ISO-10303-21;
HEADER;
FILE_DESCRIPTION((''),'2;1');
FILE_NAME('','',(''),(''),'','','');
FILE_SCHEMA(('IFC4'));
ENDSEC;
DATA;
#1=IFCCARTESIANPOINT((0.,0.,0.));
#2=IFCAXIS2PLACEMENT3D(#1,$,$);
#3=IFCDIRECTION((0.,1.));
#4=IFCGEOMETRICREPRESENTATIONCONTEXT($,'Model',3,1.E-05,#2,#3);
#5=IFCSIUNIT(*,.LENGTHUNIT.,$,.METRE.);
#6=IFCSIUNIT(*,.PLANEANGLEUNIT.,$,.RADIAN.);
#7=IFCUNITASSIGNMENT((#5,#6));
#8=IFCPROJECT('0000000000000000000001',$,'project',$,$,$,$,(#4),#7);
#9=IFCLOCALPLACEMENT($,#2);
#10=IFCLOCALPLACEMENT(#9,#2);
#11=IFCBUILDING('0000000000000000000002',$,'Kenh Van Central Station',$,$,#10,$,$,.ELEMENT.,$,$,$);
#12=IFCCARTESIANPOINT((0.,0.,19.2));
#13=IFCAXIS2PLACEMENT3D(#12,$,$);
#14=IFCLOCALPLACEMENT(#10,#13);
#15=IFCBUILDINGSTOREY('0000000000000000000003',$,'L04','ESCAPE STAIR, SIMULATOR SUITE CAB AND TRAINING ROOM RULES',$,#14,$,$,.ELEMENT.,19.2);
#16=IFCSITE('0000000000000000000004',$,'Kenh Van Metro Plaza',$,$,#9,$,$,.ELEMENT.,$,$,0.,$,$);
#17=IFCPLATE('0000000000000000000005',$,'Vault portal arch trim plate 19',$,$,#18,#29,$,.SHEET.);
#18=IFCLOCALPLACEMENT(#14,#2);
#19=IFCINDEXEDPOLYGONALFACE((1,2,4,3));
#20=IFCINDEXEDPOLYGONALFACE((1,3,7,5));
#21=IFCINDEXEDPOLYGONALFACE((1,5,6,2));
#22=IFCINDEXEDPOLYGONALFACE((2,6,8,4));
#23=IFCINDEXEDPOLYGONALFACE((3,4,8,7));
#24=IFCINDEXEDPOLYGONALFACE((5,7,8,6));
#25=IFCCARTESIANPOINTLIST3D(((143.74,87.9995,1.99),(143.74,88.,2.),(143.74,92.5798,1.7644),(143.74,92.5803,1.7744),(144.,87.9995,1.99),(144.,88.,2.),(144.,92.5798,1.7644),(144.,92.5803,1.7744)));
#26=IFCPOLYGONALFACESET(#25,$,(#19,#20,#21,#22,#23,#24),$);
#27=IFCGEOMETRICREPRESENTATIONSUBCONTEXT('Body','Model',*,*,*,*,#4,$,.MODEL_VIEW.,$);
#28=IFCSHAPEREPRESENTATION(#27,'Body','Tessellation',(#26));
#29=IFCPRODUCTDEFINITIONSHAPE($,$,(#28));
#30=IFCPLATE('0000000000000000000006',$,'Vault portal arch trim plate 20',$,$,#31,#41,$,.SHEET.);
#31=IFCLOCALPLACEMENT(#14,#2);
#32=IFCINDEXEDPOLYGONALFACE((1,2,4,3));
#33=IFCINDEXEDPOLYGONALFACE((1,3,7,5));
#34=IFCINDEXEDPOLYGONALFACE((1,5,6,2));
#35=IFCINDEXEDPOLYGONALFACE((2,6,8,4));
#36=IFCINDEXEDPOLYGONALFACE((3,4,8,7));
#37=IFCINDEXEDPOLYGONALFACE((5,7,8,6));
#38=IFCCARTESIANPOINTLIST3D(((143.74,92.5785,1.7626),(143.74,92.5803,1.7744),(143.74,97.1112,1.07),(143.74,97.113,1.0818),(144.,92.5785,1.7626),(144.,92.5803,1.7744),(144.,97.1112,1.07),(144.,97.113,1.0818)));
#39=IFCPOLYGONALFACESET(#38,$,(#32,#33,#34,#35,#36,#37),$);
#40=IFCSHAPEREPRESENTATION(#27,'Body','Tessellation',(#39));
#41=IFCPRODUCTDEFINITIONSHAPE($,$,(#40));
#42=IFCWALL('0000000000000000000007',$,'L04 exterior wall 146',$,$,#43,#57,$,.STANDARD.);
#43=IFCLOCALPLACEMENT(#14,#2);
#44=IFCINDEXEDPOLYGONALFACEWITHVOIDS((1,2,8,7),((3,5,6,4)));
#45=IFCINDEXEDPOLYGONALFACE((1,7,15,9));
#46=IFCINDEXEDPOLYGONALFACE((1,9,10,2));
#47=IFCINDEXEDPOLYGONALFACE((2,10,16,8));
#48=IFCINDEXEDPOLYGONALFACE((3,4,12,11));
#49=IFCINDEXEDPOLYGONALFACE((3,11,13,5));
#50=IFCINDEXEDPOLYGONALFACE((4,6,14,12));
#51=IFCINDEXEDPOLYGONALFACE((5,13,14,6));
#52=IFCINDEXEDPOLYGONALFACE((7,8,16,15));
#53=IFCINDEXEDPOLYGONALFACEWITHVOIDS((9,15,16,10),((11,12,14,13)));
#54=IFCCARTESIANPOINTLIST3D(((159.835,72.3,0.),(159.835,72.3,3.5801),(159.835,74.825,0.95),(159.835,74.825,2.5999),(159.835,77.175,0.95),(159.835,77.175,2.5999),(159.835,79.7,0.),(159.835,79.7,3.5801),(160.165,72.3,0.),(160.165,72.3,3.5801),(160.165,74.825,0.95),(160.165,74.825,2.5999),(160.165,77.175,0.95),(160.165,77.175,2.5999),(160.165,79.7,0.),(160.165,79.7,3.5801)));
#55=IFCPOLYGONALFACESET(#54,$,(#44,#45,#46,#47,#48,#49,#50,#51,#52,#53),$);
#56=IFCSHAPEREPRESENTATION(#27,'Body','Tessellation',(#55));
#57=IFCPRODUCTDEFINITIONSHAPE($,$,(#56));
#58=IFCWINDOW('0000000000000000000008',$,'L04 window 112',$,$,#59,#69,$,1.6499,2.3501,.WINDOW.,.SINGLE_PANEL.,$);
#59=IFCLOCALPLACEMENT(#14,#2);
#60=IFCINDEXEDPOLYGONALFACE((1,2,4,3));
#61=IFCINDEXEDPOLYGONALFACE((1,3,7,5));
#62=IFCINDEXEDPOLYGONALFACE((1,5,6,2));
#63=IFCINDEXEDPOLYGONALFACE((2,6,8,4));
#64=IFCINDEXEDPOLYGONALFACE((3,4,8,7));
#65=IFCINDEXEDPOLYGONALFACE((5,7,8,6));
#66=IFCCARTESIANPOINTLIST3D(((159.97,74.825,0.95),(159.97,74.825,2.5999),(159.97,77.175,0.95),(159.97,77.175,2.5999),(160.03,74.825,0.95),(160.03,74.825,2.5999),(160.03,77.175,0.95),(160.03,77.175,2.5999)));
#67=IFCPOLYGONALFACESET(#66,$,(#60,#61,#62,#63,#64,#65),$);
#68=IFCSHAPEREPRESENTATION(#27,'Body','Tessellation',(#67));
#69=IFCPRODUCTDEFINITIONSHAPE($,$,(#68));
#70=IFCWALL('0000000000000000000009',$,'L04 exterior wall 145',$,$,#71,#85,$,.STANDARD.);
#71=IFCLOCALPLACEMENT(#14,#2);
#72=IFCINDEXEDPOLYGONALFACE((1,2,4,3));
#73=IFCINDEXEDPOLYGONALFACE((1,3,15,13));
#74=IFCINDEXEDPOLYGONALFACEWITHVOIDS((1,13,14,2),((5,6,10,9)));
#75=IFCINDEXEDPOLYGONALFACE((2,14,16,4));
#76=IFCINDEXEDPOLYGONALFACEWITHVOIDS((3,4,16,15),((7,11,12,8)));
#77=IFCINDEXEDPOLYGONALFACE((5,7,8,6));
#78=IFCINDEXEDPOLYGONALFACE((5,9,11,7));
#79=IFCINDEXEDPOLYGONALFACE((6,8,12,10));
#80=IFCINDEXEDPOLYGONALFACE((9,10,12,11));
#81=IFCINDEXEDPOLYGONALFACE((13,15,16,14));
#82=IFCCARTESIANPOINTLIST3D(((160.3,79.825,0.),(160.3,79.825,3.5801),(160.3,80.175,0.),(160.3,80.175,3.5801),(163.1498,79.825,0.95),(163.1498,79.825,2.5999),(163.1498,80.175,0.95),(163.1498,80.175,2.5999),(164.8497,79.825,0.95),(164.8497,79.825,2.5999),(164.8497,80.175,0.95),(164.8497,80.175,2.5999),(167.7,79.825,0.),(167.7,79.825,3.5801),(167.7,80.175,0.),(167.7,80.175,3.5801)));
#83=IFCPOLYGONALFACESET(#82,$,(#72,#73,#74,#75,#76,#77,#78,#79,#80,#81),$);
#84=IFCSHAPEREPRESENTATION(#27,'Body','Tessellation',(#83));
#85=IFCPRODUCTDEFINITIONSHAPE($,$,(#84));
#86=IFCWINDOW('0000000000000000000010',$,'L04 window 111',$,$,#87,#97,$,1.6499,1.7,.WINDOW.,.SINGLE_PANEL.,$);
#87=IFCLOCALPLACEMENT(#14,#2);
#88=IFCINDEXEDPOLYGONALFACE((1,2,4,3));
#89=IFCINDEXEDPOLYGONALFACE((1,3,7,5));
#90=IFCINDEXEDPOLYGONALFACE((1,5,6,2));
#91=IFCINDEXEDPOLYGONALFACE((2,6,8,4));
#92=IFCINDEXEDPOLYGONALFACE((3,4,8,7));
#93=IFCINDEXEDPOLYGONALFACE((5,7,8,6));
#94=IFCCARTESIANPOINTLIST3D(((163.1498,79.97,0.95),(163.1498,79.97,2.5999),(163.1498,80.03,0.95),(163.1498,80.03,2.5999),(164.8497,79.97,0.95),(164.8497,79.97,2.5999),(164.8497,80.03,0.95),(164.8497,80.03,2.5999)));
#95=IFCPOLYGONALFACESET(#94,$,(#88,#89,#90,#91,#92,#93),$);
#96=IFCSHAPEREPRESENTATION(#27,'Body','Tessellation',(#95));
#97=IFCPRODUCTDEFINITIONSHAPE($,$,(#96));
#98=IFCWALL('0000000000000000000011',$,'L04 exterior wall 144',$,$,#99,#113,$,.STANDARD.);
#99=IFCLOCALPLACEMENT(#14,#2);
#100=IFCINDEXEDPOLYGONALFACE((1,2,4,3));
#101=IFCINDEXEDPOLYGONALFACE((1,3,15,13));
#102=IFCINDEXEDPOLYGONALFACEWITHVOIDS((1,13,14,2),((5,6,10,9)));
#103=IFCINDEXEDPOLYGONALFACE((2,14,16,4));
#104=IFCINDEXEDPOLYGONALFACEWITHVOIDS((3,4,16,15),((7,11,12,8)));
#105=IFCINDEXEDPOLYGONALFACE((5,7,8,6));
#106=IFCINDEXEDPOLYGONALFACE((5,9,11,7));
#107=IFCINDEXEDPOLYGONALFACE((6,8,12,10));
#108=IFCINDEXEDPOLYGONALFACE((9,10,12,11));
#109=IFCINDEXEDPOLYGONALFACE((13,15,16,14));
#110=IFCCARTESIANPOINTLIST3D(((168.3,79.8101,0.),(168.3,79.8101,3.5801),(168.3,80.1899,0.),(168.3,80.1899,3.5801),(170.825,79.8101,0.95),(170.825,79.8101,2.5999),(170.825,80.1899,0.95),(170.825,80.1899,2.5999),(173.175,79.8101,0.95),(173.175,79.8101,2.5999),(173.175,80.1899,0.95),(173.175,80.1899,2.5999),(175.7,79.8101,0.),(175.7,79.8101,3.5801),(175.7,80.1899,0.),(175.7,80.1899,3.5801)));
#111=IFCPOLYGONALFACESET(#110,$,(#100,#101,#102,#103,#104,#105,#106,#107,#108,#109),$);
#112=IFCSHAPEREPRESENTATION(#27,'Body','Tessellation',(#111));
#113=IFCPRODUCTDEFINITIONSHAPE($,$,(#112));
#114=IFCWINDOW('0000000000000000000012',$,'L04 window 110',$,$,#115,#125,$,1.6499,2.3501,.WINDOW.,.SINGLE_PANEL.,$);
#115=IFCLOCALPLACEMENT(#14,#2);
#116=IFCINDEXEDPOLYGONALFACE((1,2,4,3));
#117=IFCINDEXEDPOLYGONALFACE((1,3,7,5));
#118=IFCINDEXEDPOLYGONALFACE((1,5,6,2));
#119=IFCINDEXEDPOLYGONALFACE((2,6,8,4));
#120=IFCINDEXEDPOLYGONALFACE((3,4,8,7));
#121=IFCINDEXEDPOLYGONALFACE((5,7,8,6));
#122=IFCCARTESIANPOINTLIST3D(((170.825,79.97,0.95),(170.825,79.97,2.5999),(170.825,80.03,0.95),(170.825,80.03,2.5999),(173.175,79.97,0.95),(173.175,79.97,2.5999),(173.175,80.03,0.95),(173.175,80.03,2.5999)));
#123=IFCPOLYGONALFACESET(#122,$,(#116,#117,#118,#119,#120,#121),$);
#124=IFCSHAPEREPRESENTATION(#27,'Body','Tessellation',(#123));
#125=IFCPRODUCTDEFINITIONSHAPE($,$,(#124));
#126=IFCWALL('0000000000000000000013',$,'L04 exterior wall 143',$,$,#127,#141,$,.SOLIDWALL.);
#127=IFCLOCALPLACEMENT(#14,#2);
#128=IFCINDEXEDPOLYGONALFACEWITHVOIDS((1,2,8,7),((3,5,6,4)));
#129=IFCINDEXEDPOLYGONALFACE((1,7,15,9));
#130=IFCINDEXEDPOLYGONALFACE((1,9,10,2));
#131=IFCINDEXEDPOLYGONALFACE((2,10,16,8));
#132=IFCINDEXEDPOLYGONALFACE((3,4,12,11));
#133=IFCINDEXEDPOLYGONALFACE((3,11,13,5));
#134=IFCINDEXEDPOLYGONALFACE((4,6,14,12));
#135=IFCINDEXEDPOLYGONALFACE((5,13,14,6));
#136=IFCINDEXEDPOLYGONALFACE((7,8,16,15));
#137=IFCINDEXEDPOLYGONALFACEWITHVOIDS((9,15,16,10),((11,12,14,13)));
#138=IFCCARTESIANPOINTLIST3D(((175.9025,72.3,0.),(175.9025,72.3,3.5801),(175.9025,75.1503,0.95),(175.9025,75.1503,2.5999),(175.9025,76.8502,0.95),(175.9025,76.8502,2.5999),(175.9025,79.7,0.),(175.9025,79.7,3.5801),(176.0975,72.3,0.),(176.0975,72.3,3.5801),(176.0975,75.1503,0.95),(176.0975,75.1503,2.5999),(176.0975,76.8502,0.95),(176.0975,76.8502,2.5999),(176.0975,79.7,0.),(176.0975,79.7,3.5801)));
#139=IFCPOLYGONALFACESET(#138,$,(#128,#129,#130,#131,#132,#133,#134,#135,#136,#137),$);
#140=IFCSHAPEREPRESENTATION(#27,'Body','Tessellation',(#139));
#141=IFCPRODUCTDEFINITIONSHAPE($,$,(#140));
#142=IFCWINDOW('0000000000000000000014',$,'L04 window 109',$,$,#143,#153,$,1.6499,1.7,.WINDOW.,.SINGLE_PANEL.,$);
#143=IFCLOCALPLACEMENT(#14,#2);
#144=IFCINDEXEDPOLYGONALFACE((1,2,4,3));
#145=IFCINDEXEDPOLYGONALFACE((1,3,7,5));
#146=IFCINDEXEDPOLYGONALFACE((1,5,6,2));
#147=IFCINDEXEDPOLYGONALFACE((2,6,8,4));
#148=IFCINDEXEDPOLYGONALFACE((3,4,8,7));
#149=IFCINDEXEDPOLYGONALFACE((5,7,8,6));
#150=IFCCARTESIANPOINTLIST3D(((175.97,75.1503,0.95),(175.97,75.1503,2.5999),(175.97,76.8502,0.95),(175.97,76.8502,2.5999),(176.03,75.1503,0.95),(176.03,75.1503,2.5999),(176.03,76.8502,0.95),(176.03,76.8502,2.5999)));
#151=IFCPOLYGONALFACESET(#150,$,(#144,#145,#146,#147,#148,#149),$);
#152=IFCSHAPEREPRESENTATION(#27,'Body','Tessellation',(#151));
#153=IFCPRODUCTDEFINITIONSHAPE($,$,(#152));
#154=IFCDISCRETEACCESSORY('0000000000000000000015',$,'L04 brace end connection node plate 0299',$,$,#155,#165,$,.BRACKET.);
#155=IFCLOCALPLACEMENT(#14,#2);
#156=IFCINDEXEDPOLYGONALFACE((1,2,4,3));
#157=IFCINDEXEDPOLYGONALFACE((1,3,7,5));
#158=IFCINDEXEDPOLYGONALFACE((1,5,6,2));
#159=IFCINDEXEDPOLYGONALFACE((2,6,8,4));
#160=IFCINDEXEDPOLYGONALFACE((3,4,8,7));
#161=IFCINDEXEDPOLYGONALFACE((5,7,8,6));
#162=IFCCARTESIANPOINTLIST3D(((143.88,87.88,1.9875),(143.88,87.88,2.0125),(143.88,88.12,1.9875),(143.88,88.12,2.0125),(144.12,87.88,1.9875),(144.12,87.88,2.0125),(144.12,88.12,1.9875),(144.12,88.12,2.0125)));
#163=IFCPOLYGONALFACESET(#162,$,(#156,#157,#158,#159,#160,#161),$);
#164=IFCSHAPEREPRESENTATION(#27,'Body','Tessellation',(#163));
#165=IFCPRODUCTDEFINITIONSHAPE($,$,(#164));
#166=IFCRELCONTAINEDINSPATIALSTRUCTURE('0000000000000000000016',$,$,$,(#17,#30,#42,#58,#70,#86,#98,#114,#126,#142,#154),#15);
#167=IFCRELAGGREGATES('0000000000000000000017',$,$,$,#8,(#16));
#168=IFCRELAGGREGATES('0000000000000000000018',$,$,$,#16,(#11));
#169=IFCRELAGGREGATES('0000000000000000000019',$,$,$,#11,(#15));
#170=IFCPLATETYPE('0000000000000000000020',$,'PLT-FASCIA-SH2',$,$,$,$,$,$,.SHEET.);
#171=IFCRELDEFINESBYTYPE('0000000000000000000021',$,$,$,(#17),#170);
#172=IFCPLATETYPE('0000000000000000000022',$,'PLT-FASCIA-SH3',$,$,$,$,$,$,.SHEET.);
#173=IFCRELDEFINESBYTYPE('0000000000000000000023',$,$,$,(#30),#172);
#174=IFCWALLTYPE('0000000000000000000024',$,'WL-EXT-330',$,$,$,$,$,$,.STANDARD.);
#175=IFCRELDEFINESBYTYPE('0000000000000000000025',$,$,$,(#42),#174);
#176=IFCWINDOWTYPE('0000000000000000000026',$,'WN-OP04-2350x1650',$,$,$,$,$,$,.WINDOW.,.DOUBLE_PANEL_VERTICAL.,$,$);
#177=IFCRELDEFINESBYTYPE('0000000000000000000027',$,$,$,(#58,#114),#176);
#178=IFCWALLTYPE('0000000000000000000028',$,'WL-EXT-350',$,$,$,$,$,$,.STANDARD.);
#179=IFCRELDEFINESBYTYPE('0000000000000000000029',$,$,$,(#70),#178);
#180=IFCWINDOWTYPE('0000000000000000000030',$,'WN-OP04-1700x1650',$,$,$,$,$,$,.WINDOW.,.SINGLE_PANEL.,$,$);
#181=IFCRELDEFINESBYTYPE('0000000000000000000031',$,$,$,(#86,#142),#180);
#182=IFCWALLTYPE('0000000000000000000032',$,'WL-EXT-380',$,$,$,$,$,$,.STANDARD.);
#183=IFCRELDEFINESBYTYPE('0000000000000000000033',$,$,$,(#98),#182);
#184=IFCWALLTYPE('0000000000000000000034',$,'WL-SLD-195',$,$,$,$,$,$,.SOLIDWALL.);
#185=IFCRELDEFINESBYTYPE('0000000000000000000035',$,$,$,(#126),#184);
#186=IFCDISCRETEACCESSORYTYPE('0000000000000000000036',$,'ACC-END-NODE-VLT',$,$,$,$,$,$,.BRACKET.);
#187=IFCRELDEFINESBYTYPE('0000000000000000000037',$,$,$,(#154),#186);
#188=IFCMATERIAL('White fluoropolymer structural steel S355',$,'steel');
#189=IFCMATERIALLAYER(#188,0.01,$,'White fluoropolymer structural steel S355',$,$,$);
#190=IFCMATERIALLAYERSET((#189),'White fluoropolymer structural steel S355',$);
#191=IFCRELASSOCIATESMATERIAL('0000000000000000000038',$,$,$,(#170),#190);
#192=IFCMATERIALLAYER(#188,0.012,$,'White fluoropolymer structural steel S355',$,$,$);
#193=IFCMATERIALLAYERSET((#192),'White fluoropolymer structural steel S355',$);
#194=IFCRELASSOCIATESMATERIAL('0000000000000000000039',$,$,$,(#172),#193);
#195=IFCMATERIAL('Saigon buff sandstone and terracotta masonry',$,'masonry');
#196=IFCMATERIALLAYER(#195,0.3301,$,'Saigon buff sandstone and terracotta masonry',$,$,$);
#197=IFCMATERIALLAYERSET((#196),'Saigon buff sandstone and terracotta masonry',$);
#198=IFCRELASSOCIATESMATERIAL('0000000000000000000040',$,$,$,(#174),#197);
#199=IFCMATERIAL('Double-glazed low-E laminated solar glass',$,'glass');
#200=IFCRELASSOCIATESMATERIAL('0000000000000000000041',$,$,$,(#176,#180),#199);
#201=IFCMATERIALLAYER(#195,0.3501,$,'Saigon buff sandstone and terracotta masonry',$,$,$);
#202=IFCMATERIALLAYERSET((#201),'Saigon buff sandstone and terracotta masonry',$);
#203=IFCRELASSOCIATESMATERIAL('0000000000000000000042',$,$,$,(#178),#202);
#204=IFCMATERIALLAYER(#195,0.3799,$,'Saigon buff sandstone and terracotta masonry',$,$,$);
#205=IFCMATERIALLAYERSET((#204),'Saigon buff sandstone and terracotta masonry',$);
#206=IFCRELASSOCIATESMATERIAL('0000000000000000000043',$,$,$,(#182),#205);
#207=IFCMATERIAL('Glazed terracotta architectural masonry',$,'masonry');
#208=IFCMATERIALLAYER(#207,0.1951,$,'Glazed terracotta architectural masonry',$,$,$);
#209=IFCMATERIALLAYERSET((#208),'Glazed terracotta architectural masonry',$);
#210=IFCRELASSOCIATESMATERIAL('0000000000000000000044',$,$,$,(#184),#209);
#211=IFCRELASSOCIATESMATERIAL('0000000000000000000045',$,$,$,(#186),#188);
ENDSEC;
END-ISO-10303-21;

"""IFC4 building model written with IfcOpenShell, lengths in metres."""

from ifc_helpers import new_model, si_unit, direction, frame, frame_2d, origin, origin_2d, place, context, subcontext, project, spatial, polyline, rectangle, outline, extrude, material, layer, layer_set, type_object, element, fill, save


model = new_model("IFC4")

# Units and contexts
model_context = context("Model", 3, precision=1e-05, world=origin(), true_north=direction((0.0, 1.0)))
body_context = subcontext(model_context, "Body", "Model", "MODEL_VIEW")
ifc_project = project(units=[si_unit("LENGTHUNIT", "METRE"), si_unit("PLANEANGLEUNIT", "RADIAN")], contexts=[model_context])

# Site, building, storey
site_placement = place(None, origin())
site = spatial("IfcSite", under=ifc_project, at=site_placement, Name="Kenh Van Metro Plaza", CompositionType="ELEMENT", RefElevation=0.0)
building_placement = place(site_placement, origin())
building = spatial("IfcBuilding", under=site, at=building_placement, Name="Kenh Van Central Station", CompositionType="ELEMENT")
storey_placement = place(building_placement, frame((0.0, 0.0, 19.2)))
storey = spatial("IfcBuildingStorey", under=building, at=storey_placement, Name="L04", Description="ESCAPE STAIR, SIMULATOR SUITE CAB AND TRAINING ROOM RULES", CompositionType="ELEMENT", Elevation=19.2)

# Shared definitions
ifc_material_1 = material(Name="White fluoropolymer structural steel S355", Category="steel")

# Plates
ifc_layer_1 = layer(ifc_material_1, 0.01, Name="White fluoropolymer structural steel S355")
ifc_layer_set_1 = layer_set([ifc_layer_1], Name="White fluoropolymer structural steel S355")
plate_type_1 = type_object("IfcPlateType", Name="PLT-FASCIA-SH2", PredefinedType="SHEET", material=ifc_layer_set_1)
plate_1_placement = place(storey_placement, frame((144.0, 88.0, 2.0), z_axis=(0.0, 0.049191, 0.998789), x_axis=(-1.0, 0.0, 0.0)))
element("IfcPlate", 1, at=plate_1_placement, inside=storey, type_object=plate_type_1, Name="Vault portal arch trim plate 19", PredefinedType="SHEET", context=body_context, shape_type="SweptSolid", body=[
    extrude(outline(polyline([(0.0, 0.0), (0.26, 0.0), (0.26, -4.5859), (0.0, -4.5859), (0.0, 0.0)])), origin(), (0.0, 0.0, -1.0), 0.01),
])
ifc_layer_2 = layer(ifc_material_1, 0.012, Name="White fluoropolymer structural steel S355")
ifc_layer_set_2 = layer_set([ifc_layer_2], Name="White fluoropolymer structural steel S355")
plate_type_2 = type_object("IfcPlateType", Name="PLT-FASCIA-SH3", PredefinedType="SHEET", material=ifc_layer_set_2)
plate_2_placement = place(storey_placement, frame((144.0, 92.5803, 1.7744), z_axis=(0.0, 0.151053, 0.988526), x_axis=(-1.0, 0.0, 0.0)))
element("IfcPlate", 2, at=plate_2_placement, inside=storey, type_object=plate_type_2, Name="Vault portal arch trim plate 20", PredefinedType="SHEET", context=body_context, shape_type="SweptSolid", body=[
    extrude(outline(polyline([(0.0, 0.0), (0.26, 0.0), (0.26, -4.5853), (0.0, -4.5853), (0.0, 0.0)])), origin(), (0.0, 0.0, -1.0), 0.012),
])

# Walls, openings, windows
ifc_material_2 = material(Name="Saigon buff sandstone and terracotta masonry", Category="masonry")
ifc_layer_3 = layer(ifc_material_2, 0.3301, Name="Saigon buff sandstone and terracotta masonry")
ifc_layer_set_3 = layer_set([ifc_layer_3], Name="Saigon buff sandstone and terracotta masonry")
wall_type_1 = type_object("IfcWallType", Name="WL-EXT-330", PredefinedType="STANDARD", material=ifc_layer_set_3)
wall_1_placement = place(storey_placement, frame((160.0, 79.7, 0.0), z_axis=(0.0, 0.0, 1.0), x_axis=(0.0, -1.0, 0.0)))
wall_1 = element("IfcWall", 3, at=wall_1_placement, inside=storey, type_object=wall_type_1, Name="L04 exterior wall 146", PredefinedType="STANDARD", context=body_context, shape_type="SweptSolid", body=[
    extrude(rectangle(XDim=7.3999, YDim=0.3301, at=frame_2d((3.7, 0.0))), origin(), (0.0, 0.0, 1.0), 3.5801),
])
opening_1_placement = place(wall_1_placement, frame((2.5249, 0.0, 0.95)))
opening_1 = element("IfcOpeningElement", 4, at=opening_1_placement, cuts=wall_1, PredefinedType="OPENING", context=body_context, shape_type="SweptSolid", body=[
    extrude(rectangle(XDim=2.3501, YDim=1.6499, at=frame_2d((1.175, 0.825))), frame((0.0, 0.175, 0.0), z_axis=(0.0, -1.0, 0.0), x_axis=(1.0, 0.0, 0.0)), (0.0, 0.0, 1.0), 0.3501),
])
ifc_material_3 = material(Name="Double-glazed low-E laminated solar glass", Category="glass")
window_type_1 = type_object("IfcWindowType", Name="WN-OP04-2350x1650", PartitioningType="DOUBLE_PANEL_VERTICAL", PredefinedType="WINDOW", material=ifc_material_3)
window_1_placement = place(opening_1_placement, origin())
window_1 = element("IfcWindow", 5, at=window_1_placement, inside=storey, type_object=window_type_1, Name="L04 window 112", OverallHeight=1.6499, OverallWidth=2.3501, PartitioningType="SINGLE_PANEL", PredefinedType="WINDOW", context=body_context, shape_type="SweptSolid", body=[
    extrude(rectangle(XDim=2.3501, YDim=1.6499, at=frame_2d((1.175, 0.825))), frame((0.0, 0.03, 0.0), z_axis=(0.0, -1.0, 0.0), x_axis=(1.0, 0.0, 0.0)), (0.0, 0.0, 1.0), 0.0601),
])
fill(opening_1, window_1)
ifc_layer_4 = layer(ifc_material_2, 0.3501, Name="Saigon buff sandstone and terracotta masonry")
ifc_layer_set_4 = layer_set([ifc_layer_4], Name="Saigon buff sandstone and terracotta masonry")
wall_type_2 = type_object("IfcWallType", Name="WL-EXT-350", PredefinedType="STANDARD", material=ifc_layer_set_4)
wall_2_placement = place(storey_placement, frame((167.7, 80.0, 0.0), z_axis=(0.0, 0.0, 1.0), x_axis=(-1.0, 0.0, 0.0)))
wall_2 = element("IfcWall", 6, at=wall_2_placement, inside=storey, type_object=wall_type_2, Name="L04 exterior wall 145", PredefinedType="STANDARD", context=body_context, shape_type="SweptSolid", body=[
    extrude(rectangle(XDim=7.3999, YDim=0.3501, at=frame_2d((3.7, 0.0))), origin(), (0.0, 0.0, 1.0), 3.5801),
])
opening_2_placement = place(wall_2_placement, frame((2.8501, 0.0, 0.95)))
opening_2 = element("IfcOpeningElement", 7, at=opening_2_placement, cuts=wall_2, PredefinedType="OPENING", context=body_context, shape_type="SweptSolid", body=[
    extrude(rectangle(XDim=1.7, YDim=1.6499, at=frame_2d((0.8501, 0.825))), frame((0.0, 0.1851, 0.0), z_axis=(0.0, -1.0, 0.0), x_axis=(1.0, 0.0, 0.0)), (0.0, 0.0, 1.0), 0.3701),
])
window_type_2 = type_object("IfcWindowType", Name="WN-OP04-1700x1650", PartitioningType="SINGLE_PANEL", PredefinedType="WINDOW", material=ifc_material_3)
window_2_placement = place(opening_2_placement, origin())
window_2 = element("IfcWindow", 8, at=window_2_placement, inside=storey, type_object=window_type_2, Name="L04 window 111", OverallHeight=1.6499, OverallWidth=1.7, PartitioningType="SINGLE_PANEL", PredefinedType="WINDOW", context=body_context, shape_type="SweptSolid", body=[
    extrude(rectangle(XDim=1.7, YDim=1.6499, at=frame_2d((0.8501, 0.825))), frame((0.0, 0.03, 0.0), z_axis=(0.0, -1.0, 0.0), x_axis=(1.0, 0.0, 0.0)), (0.0, 0.0, 1.0), 0.0601),
])
fill(opening_2, window_2)
ifc_layer_5 = layer(ifc_material_2, 0.3799, Name="Saigon buff sandstone and terracotta masonry")
ifc_layer_set_5 = layer_set([ifc_layer_5], Name="Saigon buff sandstone and terracotta masonry")
wall_type_3 = type_object("IfcWallType", Name="WL-EXT-380", PredefinedType="STANDARD", material=ifc_layer_set_5)
wall_3_placement = place(storey_placement, frame((175.7, 80.0, 0.0), z_axis=(0.0, 0.0, 1.0), x_axis=(-1.0, 0.0, 0.0)))
wall_3 = element("IfcWall", 9, at=wall_3_placement, inside=storey, type_object=wall_type_3, Name="L04 exterior wall 144", PredefinedType="STANDARD", context=body_context, shape_type="SweptSolid", body=[
    extrude(rectangle(XDim=7.3999, YDim=0.3799, at=frame_2d((3.7, 0.0))), origin(), (0.0, 0.0, 1.0), 3.5801),
])
opening_3_placement = place(wall_3_placement, frame((2.5249, 0.0, 0.95)))
opening_3 = element("IfcOpeningElement", 10, at=opening_3_placement, cuts=wall_3, PredefinedType="OPENING", context=body_context, shape_type="SweptSolid", body=[
    extrude(rectangle(XDim=2.3501, YDim=1.6499, at=frame_2d((1.175, 0.825))), frame((0.0, 0.2, 0.0), z_axis=(0.0, -1.0, 0.0), x_axis=(1.0, 0.0, 0.0)), (0.0, 0.0, 1.0), 0.3999),
])
window_3_placement = place(opening_3_placement, origin())
window_3 = element("IfcWindow", 11, at=window_3_placement, inside=storey, type_object=window_type_1, Name="L04 window 110", OverallHeight=1.6499, OverallWidth=2.3501, PartitioningType="SINGLE_PANEL", PredefinedType="WINDOW", context=body_context, shape_type="SweptSolid", body=[
    extrude(rectangle(XDim=2.3501, YDim=1.6499, at=frame_2d((1.175, 0.825))), frame((0.0, 0.03, 0.0), z_axis=(0.0, -1.0, 0.0), x_axis=(1.0, 0.0, 0.0)), (0.0, 0.0, 1.0), 0.0601),
])
fill(opening_3, window_3)
ifc_material_4 = material(Name="Glazed terracotta architectural masonry", Category="masonry")
ifc_layer_6 = layer(ifc_material_4, 0.1951, Name="Glazed terracotta architectural masonry")
ifc_layer_set_6 = layer_set([ifc_layer_6], Name="Glazed terracotta architectural masonry")
wall_type_4 = type_object("IfcWallType", Name="WL-SLD-195", PredefinedType="SOLIDWALL", material=ifc_layer_set_6)
wall_4_placement = place(storey_placement, frame((176.0, 72.3, 0.0), z_axis=(0.0, 0.0, 1.0), x_axis=(0.0, 1.0, 0.0)))
wall_4 = element("IfcWall", 12, at=wall_4_placement, inside=storey, type_object=wall_type_4, Name="L04 exterior wall 143", PredefinedType="SOLIDWALL", context=body_context, shape_type="SweptSolid", body=[
    extrude(rectangle(XDim=7.3999, YDim=0.1951, at=frame_2d((3.7, 0.0))), origin(), (0.0, 0.0, 1.0), 3.5801),
])
opening_4_placement = place(wall_4_placement, frame((2.8501, 0.0, 0.95)))
opening_4 = element("IfcOpeningElement", 13, at=opening_4_placement, cuts=wall_4, PredefinedType="OPENING", context=body_context, shape_type="SweptSolid", body=[
    extrude(rectangle(XDim=1.7, YDim=1.6499, at=frame_2d((0.8501, 0.825))), frame((0.0, 0.1074, 0.0), z_axis=(0.0, -1.0, 0.0), x_axis=(1.0, 0.0, 0.0)), (0.0, 0.0, 1.0), 0.2151),
])
window_4_placement = place(opening_4_placement, origin())
window_4 = element("IfcWindow", 14, at=window_4_placement, inside=storey, type_object=window_type_2, Name="L04 window 109", OverallHeight=1.6499, OverallWidth=1.7, PartitioningType="SINGLE_PANEL", PredefinedType="WINDOW", context=body_context, shape_type="SweptSolid", body=[
    extrude(rectangle(XDim=1.7, YDim=1.6499, at=frame_2d((0.8501, 0.825))), frame((0.0, 0.03, 0.0), z_axis=(0.0, -1.0, 0.0), x_axis=(1.0, 0.0, 0.0)), (0.0, 0.0, 1.0), 0.0601),
])
fill(opening_4, window_4)

# Discrete accessory
discrete_accessory_type = type_object("IfcDiscreteAccessoryType", Name="ACC-END-NODE-VLT", PredefinedType="BRACKET", material=ifc_material_1)
for number, where, z_axis, x_axis, name in (
    (15, (144.0, 88.0, 1.9875), (0.0, 0.0, 1.0), (1.0, 0.0, 0.0), "L04 brace end connection node plate 0299"),
):
    element("IfcDiscreteAccessory", number, at=place(storey_placement, frame(where, z_axis=z_axis, x_axis=x_axis)), inside=storey, type_object=discrete_accessory_type, Name=name, PredefinedType="BRACKET", context=body_context, shape_type="SweptSolid", body=[
        extrude(rectangle(XDim=0.24, YDim=0.24, at=origin_2d()), origin(), (0.0, 0.0, 1.0), 0.0249),
    ])

save(model, "model.ifc")
